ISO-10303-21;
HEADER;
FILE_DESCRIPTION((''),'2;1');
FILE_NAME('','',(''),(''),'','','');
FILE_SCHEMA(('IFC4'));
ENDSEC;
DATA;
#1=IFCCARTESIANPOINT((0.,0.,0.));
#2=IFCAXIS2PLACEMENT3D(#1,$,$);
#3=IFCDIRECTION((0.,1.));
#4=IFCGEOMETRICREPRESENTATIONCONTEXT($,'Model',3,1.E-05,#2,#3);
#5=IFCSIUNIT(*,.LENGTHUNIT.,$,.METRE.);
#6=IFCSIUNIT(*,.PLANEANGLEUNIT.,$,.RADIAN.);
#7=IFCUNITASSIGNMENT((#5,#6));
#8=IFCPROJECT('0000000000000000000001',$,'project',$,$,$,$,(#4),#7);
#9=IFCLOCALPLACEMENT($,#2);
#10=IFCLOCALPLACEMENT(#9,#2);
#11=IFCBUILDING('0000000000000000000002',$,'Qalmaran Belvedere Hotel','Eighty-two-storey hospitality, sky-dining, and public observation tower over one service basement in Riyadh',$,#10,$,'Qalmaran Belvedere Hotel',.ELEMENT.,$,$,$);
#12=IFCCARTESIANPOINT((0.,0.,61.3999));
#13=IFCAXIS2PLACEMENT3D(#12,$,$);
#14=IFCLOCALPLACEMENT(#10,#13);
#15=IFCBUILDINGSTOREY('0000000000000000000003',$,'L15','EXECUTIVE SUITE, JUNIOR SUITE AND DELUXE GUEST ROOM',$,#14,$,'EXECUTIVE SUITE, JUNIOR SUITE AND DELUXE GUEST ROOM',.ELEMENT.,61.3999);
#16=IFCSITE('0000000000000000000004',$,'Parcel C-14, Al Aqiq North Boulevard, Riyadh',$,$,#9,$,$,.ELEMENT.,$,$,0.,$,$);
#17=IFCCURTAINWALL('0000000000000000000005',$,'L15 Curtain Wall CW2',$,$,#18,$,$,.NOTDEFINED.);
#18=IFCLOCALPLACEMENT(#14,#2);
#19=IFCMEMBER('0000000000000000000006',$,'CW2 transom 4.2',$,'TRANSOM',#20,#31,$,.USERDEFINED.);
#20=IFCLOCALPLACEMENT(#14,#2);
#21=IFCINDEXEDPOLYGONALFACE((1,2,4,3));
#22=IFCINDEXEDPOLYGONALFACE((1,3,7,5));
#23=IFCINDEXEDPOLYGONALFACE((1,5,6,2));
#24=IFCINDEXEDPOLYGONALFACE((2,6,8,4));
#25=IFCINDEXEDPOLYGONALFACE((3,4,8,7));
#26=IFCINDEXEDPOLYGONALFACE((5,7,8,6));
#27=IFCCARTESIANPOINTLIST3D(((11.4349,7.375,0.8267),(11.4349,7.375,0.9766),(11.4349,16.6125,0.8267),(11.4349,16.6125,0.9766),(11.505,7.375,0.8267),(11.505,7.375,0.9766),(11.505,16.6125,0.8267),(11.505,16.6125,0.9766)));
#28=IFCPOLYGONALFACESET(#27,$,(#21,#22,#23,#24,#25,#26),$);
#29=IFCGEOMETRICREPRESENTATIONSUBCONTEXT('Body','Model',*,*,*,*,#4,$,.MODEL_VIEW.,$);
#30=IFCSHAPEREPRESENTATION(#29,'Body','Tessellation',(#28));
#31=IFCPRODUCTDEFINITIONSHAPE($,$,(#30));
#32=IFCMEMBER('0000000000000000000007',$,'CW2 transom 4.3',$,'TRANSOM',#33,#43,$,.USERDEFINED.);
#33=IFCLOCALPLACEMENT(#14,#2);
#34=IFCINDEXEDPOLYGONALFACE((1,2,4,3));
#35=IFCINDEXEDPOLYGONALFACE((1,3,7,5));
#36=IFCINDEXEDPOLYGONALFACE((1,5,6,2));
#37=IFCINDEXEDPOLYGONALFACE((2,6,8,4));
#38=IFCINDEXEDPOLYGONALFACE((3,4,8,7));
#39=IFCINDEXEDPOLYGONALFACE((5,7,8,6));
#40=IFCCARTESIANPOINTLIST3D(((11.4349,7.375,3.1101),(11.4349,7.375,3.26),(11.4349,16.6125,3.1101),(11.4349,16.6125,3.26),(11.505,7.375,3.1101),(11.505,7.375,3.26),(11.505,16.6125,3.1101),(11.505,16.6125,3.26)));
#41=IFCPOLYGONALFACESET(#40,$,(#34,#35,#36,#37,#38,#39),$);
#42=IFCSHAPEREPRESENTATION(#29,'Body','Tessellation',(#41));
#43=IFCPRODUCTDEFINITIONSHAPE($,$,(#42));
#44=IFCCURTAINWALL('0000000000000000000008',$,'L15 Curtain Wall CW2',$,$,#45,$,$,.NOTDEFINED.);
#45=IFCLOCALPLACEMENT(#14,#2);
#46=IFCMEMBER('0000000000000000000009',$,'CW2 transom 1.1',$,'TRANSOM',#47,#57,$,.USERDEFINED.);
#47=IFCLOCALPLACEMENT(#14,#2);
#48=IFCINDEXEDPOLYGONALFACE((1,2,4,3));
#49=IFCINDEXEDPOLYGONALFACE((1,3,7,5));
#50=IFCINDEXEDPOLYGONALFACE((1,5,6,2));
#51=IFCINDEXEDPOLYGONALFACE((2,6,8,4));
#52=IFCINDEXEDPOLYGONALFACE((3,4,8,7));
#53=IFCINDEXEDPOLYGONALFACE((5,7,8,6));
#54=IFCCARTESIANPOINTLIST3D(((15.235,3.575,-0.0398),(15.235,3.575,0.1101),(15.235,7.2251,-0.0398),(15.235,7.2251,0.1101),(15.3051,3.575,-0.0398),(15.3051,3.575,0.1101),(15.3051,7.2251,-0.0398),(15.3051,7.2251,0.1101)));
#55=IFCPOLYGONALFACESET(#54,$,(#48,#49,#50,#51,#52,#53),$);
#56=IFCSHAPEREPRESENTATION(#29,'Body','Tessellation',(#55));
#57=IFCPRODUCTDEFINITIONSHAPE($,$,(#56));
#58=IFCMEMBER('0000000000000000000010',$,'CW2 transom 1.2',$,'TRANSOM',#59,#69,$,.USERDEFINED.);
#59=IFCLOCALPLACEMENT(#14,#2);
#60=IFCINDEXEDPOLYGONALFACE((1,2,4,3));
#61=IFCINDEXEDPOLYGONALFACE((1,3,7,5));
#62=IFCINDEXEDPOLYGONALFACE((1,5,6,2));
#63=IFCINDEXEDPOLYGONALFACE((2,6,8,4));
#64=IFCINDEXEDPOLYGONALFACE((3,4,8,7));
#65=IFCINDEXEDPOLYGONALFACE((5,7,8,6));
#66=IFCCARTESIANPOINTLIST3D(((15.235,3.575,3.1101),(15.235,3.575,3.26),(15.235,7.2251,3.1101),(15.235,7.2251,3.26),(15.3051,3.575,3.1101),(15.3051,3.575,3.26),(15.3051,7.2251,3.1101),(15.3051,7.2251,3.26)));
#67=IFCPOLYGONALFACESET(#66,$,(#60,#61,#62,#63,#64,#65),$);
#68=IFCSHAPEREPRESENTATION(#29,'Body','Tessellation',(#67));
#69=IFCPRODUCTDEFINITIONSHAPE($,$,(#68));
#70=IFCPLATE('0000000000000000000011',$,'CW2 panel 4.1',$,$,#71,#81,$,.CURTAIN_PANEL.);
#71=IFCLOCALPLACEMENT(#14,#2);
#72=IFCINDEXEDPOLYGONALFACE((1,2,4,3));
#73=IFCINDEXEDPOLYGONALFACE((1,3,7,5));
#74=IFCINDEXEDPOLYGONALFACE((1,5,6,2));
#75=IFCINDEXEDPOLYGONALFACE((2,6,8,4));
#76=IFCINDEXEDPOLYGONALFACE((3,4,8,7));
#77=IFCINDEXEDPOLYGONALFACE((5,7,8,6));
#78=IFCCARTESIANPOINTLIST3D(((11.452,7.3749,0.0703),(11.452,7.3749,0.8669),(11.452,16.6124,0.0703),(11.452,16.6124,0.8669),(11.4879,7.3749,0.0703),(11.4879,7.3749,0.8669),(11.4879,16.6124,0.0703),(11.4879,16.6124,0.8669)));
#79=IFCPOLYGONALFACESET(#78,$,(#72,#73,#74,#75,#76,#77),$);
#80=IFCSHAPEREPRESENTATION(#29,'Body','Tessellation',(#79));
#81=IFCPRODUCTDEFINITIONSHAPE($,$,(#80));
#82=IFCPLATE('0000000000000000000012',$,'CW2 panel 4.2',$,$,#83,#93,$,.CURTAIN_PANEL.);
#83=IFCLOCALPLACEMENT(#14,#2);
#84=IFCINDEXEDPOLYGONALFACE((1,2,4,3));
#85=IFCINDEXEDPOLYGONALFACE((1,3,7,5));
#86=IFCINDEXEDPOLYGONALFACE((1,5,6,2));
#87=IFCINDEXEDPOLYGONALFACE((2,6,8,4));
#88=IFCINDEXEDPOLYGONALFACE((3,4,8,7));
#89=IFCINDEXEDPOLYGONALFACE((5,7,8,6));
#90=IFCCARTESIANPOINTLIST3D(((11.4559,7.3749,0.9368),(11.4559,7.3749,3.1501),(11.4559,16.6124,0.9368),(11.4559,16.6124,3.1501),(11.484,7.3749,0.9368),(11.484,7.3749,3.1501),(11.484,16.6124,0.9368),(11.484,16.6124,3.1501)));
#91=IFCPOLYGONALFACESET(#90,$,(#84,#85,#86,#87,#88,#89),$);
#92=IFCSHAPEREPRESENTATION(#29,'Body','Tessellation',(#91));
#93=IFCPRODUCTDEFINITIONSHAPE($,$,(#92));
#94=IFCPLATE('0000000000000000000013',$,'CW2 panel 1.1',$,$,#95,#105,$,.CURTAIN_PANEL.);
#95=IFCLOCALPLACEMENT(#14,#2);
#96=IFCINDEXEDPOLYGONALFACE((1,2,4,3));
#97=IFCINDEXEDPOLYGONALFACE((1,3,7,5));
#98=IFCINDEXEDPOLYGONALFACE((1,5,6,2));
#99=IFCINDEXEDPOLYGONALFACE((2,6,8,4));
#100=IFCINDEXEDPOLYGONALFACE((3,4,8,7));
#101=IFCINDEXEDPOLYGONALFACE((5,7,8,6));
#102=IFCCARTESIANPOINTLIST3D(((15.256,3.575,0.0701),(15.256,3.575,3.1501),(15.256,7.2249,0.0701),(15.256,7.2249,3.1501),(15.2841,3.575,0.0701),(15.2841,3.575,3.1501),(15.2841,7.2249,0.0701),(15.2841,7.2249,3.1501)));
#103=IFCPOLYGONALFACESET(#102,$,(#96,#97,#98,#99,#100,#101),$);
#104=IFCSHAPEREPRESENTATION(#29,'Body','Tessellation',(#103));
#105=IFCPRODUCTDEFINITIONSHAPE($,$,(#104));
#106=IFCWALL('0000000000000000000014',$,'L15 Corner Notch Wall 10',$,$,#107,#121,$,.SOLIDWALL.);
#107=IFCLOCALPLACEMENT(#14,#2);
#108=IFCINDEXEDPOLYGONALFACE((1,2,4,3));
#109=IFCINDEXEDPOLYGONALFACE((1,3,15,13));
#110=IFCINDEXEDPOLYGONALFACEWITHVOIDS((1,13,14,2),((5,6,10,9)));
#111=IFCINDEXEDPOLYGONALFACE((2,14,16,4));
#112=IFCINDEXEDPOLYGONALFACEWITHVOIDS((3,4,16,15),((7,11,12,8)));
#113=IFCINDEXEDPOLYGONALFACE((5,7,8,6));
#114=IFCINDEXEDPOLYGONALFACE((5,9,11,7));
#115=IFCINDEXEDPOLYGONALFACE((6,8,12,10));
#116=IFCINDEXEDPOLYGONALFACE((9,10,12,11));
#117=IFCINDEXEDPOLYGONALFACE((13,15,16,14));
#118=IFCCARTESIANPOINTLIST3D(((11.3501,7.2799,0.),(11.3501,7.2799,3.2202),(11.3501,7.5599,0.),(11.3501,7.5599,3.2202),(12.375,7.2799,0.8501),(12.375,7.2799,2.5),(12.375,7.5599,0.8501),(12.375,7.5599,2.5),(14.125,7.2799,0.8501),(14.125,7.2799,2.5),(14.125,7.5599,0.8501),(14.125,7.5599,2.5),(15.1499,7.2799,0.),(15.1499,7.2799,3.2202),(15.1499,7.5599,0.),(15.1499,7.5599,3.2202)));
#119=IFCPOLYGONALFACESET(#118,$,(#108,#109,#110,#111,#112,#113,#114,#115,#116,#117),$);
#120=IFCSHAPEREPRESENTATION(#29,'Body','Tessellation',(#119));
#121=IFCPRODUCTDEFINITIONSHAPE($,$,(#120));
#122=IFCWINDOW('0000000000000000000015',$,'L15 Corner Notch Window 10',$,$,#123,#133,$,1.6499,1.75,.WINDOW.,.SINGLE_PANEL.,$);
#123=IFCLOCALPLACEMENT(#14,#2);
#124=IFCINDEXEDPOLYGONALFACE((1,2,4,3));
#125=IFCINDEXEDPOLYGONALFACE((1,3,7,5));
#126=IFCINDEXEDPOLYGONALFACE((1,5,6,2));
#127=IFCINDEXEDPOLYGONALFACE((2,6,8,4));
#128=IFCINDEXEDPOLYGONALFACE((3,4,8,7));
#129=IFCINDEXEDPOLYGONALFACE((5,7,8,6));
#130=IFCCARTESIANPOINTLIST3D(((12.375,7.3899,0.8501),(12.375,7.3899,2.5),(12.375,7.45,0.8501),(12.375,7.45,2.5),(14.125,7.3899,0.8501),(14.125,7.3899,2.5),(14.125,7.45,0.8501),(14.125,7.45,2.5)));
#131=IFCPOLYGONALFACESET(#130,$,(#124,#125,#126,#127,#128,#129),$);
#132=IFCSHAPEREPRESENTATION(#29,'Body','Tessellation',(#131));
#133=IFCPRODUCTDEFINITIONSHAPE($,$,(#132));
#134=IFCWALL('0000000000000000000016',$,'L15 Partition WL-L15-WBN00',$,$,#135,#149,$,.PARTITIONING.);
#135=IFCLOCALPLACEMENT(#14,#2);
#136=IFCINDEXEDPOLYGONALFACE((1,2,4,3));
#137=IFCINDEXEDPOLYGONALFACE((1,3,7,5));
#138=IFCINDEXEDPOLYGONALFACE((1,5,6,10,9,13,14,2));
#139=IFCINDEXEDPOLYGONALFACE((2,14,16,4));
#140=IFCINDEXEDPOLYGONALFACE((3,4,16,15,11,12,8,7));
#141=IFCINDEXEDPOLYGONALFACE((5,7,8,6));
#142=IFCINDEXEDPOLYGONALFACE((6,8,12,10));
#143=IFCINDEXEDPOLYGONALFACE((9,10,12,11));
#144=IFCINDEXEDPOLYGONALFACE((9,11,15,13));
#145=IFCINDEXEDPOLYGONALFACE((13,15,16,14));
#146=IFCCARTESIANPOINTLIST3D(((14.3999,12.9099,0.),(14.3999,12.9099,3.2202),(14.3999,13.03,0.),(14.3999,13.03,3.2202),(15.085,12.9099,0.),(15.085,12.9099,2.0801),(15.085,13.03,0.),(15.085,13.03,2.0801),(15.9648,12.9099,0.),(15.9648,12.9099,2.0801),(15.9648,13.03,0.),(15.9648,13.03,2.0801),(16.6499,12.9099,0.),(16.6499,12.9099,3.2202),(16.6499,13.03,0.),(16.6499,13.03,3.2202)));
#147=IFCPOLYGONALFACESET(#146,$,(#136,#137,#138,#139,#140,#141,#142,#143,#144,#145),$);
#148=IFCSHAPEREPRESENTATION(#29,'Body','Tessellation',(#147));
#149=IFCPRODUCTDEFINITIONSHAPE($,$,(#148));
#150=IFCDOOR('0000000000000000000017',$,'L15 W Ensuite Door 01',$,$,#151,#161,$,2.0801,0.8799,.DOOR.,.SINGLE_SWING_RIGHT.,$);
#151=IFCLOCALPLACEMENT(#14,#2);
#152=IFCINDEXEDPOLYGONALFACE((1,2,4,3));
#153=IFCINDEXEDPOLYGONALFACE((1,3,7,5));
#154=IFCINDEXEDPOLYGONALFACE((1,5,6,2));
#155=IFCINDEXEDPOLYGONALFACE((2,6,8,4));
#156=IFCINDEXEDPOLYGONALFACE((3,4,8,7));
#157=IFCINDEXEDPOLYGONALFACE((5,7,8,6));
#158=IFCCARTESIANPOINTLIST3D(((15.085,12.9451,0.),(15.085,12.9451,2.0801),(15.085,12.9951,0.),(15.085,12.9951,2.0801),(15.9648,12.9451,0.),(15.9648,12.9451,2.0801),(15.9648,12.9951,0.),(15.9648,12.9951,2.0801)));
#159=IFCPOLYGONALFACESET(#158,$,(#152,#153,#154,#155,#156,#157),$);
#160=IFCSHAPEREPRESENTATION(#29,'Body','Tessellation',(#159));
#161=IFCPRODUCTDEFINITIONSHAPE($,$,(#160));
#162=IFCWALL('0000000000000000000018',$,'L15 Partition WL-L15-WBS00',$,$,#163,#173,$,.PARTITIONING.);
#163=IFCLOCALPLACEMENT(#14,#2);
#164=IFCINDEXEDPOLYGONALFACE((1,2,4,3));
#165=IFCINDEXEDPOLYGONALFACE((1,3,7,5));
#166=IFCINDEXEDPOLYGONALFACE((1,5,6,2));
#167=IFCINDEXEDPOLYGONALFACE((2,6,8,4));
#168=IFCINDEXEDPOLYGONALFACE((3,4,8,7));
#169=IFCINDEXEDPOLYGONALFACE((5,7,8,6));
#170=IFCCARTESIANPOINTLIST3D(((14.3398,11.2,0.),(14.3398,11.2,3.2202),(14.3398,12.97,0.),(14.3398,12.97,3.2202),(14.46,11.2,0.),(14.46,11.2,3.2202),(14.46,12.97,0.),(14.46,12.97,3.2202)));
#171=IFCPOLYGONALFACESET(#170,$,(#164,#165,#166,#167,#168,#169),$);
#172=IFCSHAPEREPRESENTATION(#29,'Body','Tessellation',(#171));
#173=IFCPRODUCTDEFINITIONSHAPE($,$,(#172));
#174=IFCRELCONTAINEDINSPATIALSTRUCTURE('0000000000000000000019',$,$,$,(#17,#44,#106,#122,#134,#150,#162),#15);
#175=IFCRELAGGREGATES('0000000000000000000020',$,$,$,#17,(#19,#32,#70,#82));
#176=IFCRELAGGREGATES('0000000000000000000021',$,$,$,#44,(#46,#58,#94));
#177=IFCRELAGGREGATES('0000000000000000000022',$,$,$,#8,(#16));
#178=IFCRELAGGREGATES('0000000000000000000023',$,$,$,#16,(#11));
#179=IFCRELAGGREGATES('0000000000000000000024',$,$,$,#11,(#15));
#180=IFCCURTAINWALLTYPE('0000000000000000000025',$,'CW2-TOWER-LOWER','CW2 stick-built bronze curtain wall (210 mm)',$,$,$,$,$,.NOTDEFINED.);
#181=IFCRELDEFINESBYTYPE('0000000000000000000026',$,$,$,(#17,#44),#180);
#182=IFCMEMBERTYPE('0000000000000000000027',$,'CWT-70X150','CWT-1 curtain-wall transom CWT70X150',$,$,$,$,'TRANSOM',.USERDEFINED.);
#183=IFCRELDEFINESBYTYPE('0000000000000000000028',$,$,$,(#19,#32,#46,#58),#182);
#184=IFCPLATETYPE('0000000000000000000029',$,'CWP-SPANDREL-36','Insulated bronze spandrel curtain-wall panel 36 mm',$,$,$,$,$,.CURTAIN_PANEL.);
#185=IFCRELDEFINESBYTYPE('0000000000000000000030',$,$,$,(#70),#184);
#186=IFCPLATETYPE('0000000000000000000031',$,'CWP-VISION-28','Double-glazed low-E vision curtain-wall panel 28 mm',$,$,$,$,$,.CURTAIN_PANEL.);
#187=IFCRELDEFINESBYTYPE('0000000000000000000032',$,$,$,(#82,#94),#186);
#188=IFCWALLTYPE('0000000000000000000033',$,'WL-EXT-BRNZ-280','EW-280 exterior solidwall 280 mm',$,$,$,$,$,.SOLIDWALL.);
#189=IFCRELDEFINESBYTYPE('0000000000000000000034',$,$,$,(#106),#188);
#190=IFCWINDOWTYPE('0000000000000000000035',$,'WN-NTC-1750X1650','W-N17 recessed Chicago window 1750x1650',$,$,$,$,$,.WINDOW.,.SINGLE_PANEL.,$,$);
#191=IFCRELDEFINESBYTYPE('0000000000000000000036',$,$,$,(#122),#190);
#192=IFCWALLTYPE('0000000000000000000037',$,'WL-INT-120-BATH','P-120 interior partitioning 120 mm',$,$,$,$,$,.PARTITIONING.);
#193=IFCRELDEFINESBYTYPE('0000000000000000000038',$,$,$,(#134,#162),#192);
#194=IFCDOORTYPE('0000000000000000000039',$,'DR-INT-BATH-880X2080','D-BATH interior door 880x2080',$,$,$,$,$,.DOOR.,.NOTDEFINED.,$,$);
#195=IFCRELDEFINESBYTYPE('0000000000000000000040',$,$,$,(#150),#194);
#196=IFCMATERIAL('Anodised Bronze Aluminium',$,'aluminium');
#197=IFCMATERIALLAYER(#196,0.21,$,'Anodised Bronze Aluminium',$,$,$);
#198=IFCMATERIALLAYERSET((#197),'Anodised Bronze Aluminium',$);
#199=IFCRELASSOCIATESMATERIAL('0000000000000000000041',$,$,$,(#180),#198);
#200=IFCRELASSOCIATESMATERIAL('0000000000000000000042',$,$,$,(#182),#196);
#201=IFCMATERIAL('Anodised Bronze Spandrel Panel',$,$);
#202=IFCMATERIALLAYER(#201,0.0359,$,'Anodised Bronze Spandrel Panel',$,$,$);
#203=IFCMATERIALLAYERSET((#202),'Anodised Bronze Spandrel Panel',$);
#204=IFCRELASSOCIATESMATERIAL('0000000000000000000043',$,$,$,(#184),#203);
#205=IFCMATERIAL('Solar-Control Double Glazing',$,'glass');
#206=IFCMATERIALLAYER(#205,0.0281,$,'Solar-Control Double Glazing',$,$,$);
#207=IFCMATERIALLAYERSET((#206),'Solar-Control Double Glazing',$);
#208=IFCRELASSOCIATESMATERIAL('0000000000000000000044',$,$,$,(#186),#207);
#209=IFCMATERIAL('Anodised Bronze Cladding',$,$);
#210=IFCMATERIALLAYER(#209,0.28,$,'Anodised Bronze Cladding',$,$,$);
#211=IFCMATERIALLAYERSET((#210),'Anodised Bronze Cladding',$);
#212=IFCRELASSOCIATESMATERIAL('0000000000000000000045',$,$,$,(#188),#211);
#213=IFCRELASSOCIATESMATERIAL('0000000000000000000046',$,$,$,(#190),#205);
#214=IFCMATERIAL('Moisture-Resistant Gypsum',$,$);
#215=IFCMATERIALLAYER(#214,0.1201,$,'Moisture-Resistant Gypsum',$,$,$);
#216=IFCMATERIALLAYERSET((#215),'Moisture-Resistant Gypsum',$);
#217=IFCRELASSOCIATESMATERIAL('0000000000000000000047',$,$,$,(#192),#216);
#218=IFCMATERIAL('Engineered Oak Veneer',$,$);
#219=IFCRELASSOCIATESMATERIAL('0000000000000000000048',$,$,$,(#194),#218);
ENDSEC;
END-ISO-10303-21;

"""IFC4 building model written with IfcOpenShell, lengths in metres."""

from ifc_helpers import new_model, si_unit, direction, frame, frame_2d, origin, origin_2d, place, context, subcontext, project, spatial, rectangle, extrude, material, layer, layer_set, material_profile, profile_set, type_object, element, fill, aggregate, save


model = new_model("IFC4")

# Units and contexts
model_context = context("Model", 3, precision=1e-05, world=origin(), true_north=direction((0.0, 1.0)))
body_context = subcontext(model_context, "Body", "Model", "MODEL_VIEW")
ifc_project = project(units=[si_unit("LENGTHUNIT", "METRE"), si_unit("PLANEANGLEUNIT", "RADIAN")], contexts=[model_context])

# Site, building, storey
site_placement = place(None, origin())
site = spatial("IfcSite", under=ifc_project, at=site_placement, Name="Parcel C-14, Al Aqiq North Boulevard, Riyadh", CompositionType="ELEMENT", RefElevation=0.0)
building_placement = place(site_placement, origin())
building = spatial("IfcBuilding", under=site, at=building_placement, Name="Qalmaran Belvedere Hotel", Description="Eighty-two-storey hospitality, sky-dining, and public observation tower over one service basement in Riyadh", LongName="Qalmaran Belvedere Hotel", CompositionType="ELEMENT")
storey_placement = place(building_placement, frame((0.0, 0.0, 61.3999)))
storey = spatial("IfcBuildingStorey", under=building, at=storey_placement, Name="L15", Description="EXECUTIVE SUITE, JUNIOR SUITE AND DELUXE GUEST ROOM", LongName="EXECUTIVE SUITE, JUNIOR SUITE AND DELUXE GUEST ROOM", CompositionType="ELEMENT", Elevation=61.3999)

# Curtain walls, members
ifc_material_1 = material(Name="Anodised Bronze Aluminium", Category="aluminium")
ifc_layer_1 = layer(ifc_material_1, 0.21, Name="Anodised Bronze Aluminium")
ifc_layer_set_1 = layer_set([ifc_layer_1], Name="Anodised Bronze Aluminium")
curtain_wall_type = type_object("IfcCurtainWallType", Name="CW2-TOWER-LOWER", Description="CW2 stick-built bronze curtain wall (210 mm)", PredefinedType="NOTDEFINED", material=ifc_layer_set_1)
curtain_wall_1_placement = place(storey_placement, origin())
curtain_wall_1 = element("IfcCurtainWall", 1, at=curtain_wall_1_placement, inside=storey, type_object=curtain_wall_type, Name="L15 Curtain Wall CW2", PredefinedType="NOTDEFINED")
ifc_material_profile_1 = material_profile(ifc_material_1, rectangle(XDim=0.0701, YDim=0.1499, at=origin_2d()), Name="CWT70X150")
ifc_profile_set_1 = profile_set([ifc_material_profile_1], Name="Anodised Bronze Aluminium")
member_type_1 = type_object("IfcMemberType", Name="CWT-70X150", Description="CWT-1 curtain-wall transom CWT70X150", ElementType="TRANSOM", PredefinedType="USERDEFINED", material=ifc_profile_set_1)
member_1_placement = place(storey_placement, frame((11.47, 16.6125, 0.9016), z_axis=(0.0, -1.0, 0.0), x_axis=(1.0, 0.0, 0.0)))
member_1 = element("IfcMember", 2, at=member_1_placement, type_object=member_type_1, Name="CW2 transom 4.2", ObjectType="TRANSOM", PredefinedType="USERDEFINED", context=body_context, shape_type="SweptSolid", body=[
    extrude(rectangle(XDim=0.0701, YDim=0.1499, at=origin_2d()), origin(), (0.0, 0.0, 1.0), 9.2375),
])
member_2_placement = place(storey_placement, frame((11.47, 16.6125, 3.1851), z_axis=(0.0, -1.0, 0.0), x_axis=(1.0, 0.0, 0.0)))
member_2 = element("IfcMember", 3, at=member_2_placement, type_object=member_type_1, Name="CW2 transom 4.3", ObjectType="TRANSOM", PredefinedType="USERDEFINED", context=body_context, shape_type="SweptSolid", body=[
    extrude(rectangle(XDim=0.0701, YDim=0.1499, at=origin_2d()), origin(), (0.0, 0.0, 1.0), 9.2375),
])
curtain_wall_2_placement = place(storey_placement, origin())
curtain_wall_2 = element("IfcCurtainWall", 4, at=curtain_wall_2_placement, inside=storey, type_object=curtain_wall_type, Name="L15 Curtain Wall CW2", PredefinedType="NOTDEFINED")
member_3_placement = place(storey_placement, frame((15.27, 7.2251, 0.0352), z_axis=(0.0, -1.0, 0.0), x_axis=(1.0, 0.0, 0.0)))
member_3 = element("IfcMember", 5, at=member_3_placement, type_object=member_type_1, Name="CW2 transom 1.1", ObjectType="TRANSOM", PredefinedType="USERDEFINED", context=body_context, shape_type="SweptSolid", body=[
    extrude(rectangle(XDim=0.0701, YDim=0.1499, at=origin_2d()), origin(), (0.0, 0.0, 1.0), 3.6501),
])
member_4_placement = place(storey_placement, frame((15.27, 7.2251, 3.1851), z_axis=(0.0, -1.0, 0.0), x_axis=(1.0, 0.0, 0.0)))
member_4 = element("IfcMember", 6, at=member_4_placement, type_object=member_type_1, Name="CW2 transom 1.2", ObjectType="TRANSOM", PredefinedType="USERDEFINED", context=body_context, shape_type="SweptSolid", body=[
    extrude(rectangle(XDim=0.0701, YDim=0.1499, at=origin_2d()), origin(), (0.0, 0.0, 1.0), 3.6501),
])

# Plates
ifc_material_2 = material(Name="Anodised Bronze Spandrel Panel")
ifc_layer_2 = layer(ifc_material_2, 0.0359, Name="Anodised Bronze Spandrel Panel")
ifc_layer_set_2 = layer_set([ifc_layer_2], Name="Anodised Bronze Spandrel Panel")
plate_type_1 = type_object("IfcPlateType", Name="CWP-SPANDREL-36", Description="Insulated bronze spandrel curtain-wall panel 36 mm", PredefinedType="CURTAIN_PANEL", material=ifc_layer_set_2)
plate_1_placement = place(storey_placement, frame((11.47, 11.9937, 0.0703), z_axis=(0.0, 0.0, 1.0), x_axis=(0.0, -1.0, 0.0)))
plate_1 = element("IfcPlate", 7, at=plate_1_placement, type_object=plate_type_1, Name="CW2 panel 4.1", PredefinedType="CURTAIN_PANEL", context=body_context, shape_type="SweptSolid", body=[
    extrude(rectangle(XDim=9.2375, YDim=0.0359, at=origin_2d()), origin(), (0.0, 0.0, 1.0), 0.7966),
])
ifc_material_3 = material(Name="Solar-Control Double Glazing", Category="glass")
ifc_layer_3 = layer(ifc_material_3, 0.0281, Name="Solar-Control Double Glazing")
ifc_layer_set_3 = layer_set([ifc_layer_3], Name="Solar-Control Double Glazing")
plate_type_2 = type_object("IfcPlateType", Name="CWP-VISION-28", Description="Double-glazed low-E vision curtain-wall panel 28 mm", PredefinedType="CURTAIN_PANEL", material=ifc_layer_set_3)
plate_2_placement = place(storey_placement, frame((11.47, 11.9937, 0.9368), z_axis=(0.0, 0.0, 1.0), x_axis=(0.0, -1.0, 0.0)))
plate_2 = element("IfcPlate", 8, at=plate_2_placement, type_object=plate_type_2, Name="CW2 panel 4.2", PredefinedType="CURTAIN_PANEL", context=body_context, shape_type="SweptSolid", body=[
    extrude(rectangle(XDim=9.2375, YDim=0.0281, at=origin_2d()), origin(), (0.0, 0.0, 1.0), 2.2134),
])
aggregate(curtain_wall_1, [member_1, member_2, plate_1, plate_2])
plate_3_placement = place(storey_placement, frame((15.27, 5.3999, 0.0701), z_axis=(0.0, 0.0, 1.0), x_axis=(0.0, -1.0, 0.0)))
plate_3 = element("IfcPlate", 9, at=plate_3_placement, type_object=plate_type_2, Name="CW2 panel 1.1", PredefinedType="CURTAIN_PANEL", context=body_context, shape_type="SweptSolid", body=[
    extrude(rectangle(XDim=3.6499, YDim=0.0281, at=origin_2d()), origin(), (0.0, 0.0, 1.0), 3.0801),
])
aggregate(curtain_wall_2, [member_3, member_4, plate_3])

# Wall, opening, window
ifc_material_4 = material(Name="Anodised Bronze Cladding")
ifc_layer_4 = layer(ifc_material_4, 0.28, Name="Anodised Bronze Cladding")
ifc_layer_set_4 = layer_set([ifc_layer_4], Name="Anodised Bronze Cladding")
wall_type_1 = type_object("IfcWallType", Name="WL-EXT-BRNZ-280", Description="EW-280 exterior solidwall 280 mm", PredefinedType="SOLIDWALL", material=ifc_layer_set_4)
wall_1_placement = place(storey_placement, frame((11.3501, 7.4199, 0.0), z_axis=(0.0, 0.0, 1.0), x_axis=(1.0, 0.0, 0.0)))
wall_1 = element("IfcWall", 10, at=wall_1_placement, inside=storey, type_object=wall_type_1, Name="L15 Corner Notch Wall 10", PredefinedType="SOLIDWALL", context=body_context, shape_type="SweptSolid", body=[
    extrude(rectangle(XDim=3.7998, YDim=0.28, at=frame_2d((1.8999, 0.0))), origin(), (0.0, 0.0, 1.0), 3.2202),
])
opening_1_placement = place(wall_1_placement, frame((1.0249, 0.0, 0.8501)))
opening_1 = element("IfcOpeningElement", 11, at=opening_1_placement, cuts=wall_1, PredefinedType="OPENING", context=body_context, shape_type="SweptSolid", body=[
    extrude(rectangle(XDim=1.75, YDim=1.6499, at=frame_2d((0.875, 0.825))), frame((0.0, 0.1499, 0.0), z_axis=(0.0, -1.0, 0.0), x_axis=(1.0, 0.0, 0.0)), (0.0, 0.0, 1.0), 0.3),
])
window_type = type_object("IfcWindowType", Name="WN-NTC-1750X1650", Description="W-N17 recessed Chicago window 1750x1650", PartitioningType="SINGLE_PANEL", PredefinedType="WINDOW", material=ifc_material_3)
window_placement = place(opening_1_placement, origin())
window = element("IfcWindow", 12, at=window_placement, inside=storey, type_object=window_type, Name="L15 Corner Notch Window 10", OverallHeight=1.6499, OverallWidth=1.75, PartitioningType="SINGLE_PANEL", PredefinedType="WINDOW", context=body_context, shape_type="SweptSolid", body=[
    extrude(rectangle(XDim=1.75, YDim=1.6499, at=frame_2d((0.875, 0.825))), frame((0.0, 0.03, 0.0), z_axis=(0.0, -1.0, 0.0), x_axis=(1.0, 0.0, 0.0)), (0.0, 0.0, 1.0), 0.0601),
])
fill(opening_1, window)

# Wall, opening, door
ifc_material_5 = material(Name="Moisture-Resistant Gypsum")
ifc_layer_5 = layer(ifc_material_5, 0.1201, Name="Moisture-Resistant Gypsum")
ifc_layer_set_5 = layer_set([ifc_layer_5], Name="Moisture-Resistant Gypsum")
wall_type_2 = type_object("IfcWallType", Name="WL-INT-120-BATH", Description="P-120 interior partitioning 120 mm", PredefinedType="PARTITIONING", material=ifc_layer_set_5)
wall_2_placement = place(storey_placement, frame((14.3999, 12.97, 0.0), z_axis=(0.0, 0.0, 1.0), x_axis=(1.0, 0.0, 0.0)))
wall_2 = element("IfcWall", 13, at=wall_2_placement, inside=storey, type_object=wall_type_2, Name="L15 Partition WL-L15-WBN00", PredefinedType="PARTITIONING", context=body_context, shape_type="SweptSolid", body=[
    extrude(rectangle(XDim=2.25, YDim=0.1201, at=frame_2d((1.125, 0.0))), origin(), (0.0, 0.0, 1.0), 3.2202),
])
opening_2_placement = place(wall_2_placement, frame((1.5649, 0.0, 0.0), z_axis=(0.0, 0.0, 1.0), x_axis=(-1.0, 0.0, 0.0)))
opening_2 = element("IfcOpeningElement", 14, at=opening_2_placement, cuts=wall_2, PredefinedType="OPENING", context=body_context, shape_type="SweptSolid", body=[
    extrude(rectangle(XDim=0.8799, YDim=2.0801, at=frame_2d((0.4399, 1.04))), frame((0.0, 0.0701, 0.0), z_axis=(0.0, -1.0, 0.0), x_axis=(1.0, 0.0, 0.0)), (0.0, 0.0, 1.0), 0.1401),
])
ifc_material_6 = material(Name="Engineered Oak Veneer")
door_type = type_object("IfcDoorType", Name="DR-INT-BATH-880X2080", Description="D-BATH interior door 880x2080", OperationType="NOTDEFINED", PredefinedType="DOOR", material=ifc_material_6)
door_1_placement = place(opening_2_placement, origin())
door_1 = element("IfcDoor", 15, at=door_1_placement, inside=storey, type_object=door_type, Name="L15 W Ensuite Door 01", OperationType="SINGLE_SWING_RIGHT", OverallHeight=2.0801, OverallWidth=0.8799, PredefinedType="DOOR", context=body_context, shape_type="SweptSolid", body=[
    extrude(rectangle(XDim=0.8799, YDim=2.0801, at=frame_2d((0.4399, 1.04))), frame((0.0, 0.0249, 0.0), z_axis=(0.0, -1.0, 0.0), x_axis=(1.0, 0.0, 0.0)), (0.0, 0.0, 1.0), 0.05),
])
fill(opening_2, door_1)

# Wall
wall_3_placement = place(storey_placement, frame((14.3999, 11.2, 0.0), z_axis=(0.0, 0.0, 1.0), x_axis=(0.0, 1.0, 0.0)))
element("IfcWall", 16, at=wall_3_placement, inside=storey, type_object=wall_type_2, Name="L15 Partition WL-L15-WBS00", PredefinedType="PARTITIONING", context=body_context, shape_type="SweptSolid", body=[
    extrude(rectangle(XDim=1.77, YDim=0.1201, at=frame_2d((0.885, 0.0))), origin(), (0.0, 0.0, 1.0), 3.2202),
])

save(model, "model.ifc")
